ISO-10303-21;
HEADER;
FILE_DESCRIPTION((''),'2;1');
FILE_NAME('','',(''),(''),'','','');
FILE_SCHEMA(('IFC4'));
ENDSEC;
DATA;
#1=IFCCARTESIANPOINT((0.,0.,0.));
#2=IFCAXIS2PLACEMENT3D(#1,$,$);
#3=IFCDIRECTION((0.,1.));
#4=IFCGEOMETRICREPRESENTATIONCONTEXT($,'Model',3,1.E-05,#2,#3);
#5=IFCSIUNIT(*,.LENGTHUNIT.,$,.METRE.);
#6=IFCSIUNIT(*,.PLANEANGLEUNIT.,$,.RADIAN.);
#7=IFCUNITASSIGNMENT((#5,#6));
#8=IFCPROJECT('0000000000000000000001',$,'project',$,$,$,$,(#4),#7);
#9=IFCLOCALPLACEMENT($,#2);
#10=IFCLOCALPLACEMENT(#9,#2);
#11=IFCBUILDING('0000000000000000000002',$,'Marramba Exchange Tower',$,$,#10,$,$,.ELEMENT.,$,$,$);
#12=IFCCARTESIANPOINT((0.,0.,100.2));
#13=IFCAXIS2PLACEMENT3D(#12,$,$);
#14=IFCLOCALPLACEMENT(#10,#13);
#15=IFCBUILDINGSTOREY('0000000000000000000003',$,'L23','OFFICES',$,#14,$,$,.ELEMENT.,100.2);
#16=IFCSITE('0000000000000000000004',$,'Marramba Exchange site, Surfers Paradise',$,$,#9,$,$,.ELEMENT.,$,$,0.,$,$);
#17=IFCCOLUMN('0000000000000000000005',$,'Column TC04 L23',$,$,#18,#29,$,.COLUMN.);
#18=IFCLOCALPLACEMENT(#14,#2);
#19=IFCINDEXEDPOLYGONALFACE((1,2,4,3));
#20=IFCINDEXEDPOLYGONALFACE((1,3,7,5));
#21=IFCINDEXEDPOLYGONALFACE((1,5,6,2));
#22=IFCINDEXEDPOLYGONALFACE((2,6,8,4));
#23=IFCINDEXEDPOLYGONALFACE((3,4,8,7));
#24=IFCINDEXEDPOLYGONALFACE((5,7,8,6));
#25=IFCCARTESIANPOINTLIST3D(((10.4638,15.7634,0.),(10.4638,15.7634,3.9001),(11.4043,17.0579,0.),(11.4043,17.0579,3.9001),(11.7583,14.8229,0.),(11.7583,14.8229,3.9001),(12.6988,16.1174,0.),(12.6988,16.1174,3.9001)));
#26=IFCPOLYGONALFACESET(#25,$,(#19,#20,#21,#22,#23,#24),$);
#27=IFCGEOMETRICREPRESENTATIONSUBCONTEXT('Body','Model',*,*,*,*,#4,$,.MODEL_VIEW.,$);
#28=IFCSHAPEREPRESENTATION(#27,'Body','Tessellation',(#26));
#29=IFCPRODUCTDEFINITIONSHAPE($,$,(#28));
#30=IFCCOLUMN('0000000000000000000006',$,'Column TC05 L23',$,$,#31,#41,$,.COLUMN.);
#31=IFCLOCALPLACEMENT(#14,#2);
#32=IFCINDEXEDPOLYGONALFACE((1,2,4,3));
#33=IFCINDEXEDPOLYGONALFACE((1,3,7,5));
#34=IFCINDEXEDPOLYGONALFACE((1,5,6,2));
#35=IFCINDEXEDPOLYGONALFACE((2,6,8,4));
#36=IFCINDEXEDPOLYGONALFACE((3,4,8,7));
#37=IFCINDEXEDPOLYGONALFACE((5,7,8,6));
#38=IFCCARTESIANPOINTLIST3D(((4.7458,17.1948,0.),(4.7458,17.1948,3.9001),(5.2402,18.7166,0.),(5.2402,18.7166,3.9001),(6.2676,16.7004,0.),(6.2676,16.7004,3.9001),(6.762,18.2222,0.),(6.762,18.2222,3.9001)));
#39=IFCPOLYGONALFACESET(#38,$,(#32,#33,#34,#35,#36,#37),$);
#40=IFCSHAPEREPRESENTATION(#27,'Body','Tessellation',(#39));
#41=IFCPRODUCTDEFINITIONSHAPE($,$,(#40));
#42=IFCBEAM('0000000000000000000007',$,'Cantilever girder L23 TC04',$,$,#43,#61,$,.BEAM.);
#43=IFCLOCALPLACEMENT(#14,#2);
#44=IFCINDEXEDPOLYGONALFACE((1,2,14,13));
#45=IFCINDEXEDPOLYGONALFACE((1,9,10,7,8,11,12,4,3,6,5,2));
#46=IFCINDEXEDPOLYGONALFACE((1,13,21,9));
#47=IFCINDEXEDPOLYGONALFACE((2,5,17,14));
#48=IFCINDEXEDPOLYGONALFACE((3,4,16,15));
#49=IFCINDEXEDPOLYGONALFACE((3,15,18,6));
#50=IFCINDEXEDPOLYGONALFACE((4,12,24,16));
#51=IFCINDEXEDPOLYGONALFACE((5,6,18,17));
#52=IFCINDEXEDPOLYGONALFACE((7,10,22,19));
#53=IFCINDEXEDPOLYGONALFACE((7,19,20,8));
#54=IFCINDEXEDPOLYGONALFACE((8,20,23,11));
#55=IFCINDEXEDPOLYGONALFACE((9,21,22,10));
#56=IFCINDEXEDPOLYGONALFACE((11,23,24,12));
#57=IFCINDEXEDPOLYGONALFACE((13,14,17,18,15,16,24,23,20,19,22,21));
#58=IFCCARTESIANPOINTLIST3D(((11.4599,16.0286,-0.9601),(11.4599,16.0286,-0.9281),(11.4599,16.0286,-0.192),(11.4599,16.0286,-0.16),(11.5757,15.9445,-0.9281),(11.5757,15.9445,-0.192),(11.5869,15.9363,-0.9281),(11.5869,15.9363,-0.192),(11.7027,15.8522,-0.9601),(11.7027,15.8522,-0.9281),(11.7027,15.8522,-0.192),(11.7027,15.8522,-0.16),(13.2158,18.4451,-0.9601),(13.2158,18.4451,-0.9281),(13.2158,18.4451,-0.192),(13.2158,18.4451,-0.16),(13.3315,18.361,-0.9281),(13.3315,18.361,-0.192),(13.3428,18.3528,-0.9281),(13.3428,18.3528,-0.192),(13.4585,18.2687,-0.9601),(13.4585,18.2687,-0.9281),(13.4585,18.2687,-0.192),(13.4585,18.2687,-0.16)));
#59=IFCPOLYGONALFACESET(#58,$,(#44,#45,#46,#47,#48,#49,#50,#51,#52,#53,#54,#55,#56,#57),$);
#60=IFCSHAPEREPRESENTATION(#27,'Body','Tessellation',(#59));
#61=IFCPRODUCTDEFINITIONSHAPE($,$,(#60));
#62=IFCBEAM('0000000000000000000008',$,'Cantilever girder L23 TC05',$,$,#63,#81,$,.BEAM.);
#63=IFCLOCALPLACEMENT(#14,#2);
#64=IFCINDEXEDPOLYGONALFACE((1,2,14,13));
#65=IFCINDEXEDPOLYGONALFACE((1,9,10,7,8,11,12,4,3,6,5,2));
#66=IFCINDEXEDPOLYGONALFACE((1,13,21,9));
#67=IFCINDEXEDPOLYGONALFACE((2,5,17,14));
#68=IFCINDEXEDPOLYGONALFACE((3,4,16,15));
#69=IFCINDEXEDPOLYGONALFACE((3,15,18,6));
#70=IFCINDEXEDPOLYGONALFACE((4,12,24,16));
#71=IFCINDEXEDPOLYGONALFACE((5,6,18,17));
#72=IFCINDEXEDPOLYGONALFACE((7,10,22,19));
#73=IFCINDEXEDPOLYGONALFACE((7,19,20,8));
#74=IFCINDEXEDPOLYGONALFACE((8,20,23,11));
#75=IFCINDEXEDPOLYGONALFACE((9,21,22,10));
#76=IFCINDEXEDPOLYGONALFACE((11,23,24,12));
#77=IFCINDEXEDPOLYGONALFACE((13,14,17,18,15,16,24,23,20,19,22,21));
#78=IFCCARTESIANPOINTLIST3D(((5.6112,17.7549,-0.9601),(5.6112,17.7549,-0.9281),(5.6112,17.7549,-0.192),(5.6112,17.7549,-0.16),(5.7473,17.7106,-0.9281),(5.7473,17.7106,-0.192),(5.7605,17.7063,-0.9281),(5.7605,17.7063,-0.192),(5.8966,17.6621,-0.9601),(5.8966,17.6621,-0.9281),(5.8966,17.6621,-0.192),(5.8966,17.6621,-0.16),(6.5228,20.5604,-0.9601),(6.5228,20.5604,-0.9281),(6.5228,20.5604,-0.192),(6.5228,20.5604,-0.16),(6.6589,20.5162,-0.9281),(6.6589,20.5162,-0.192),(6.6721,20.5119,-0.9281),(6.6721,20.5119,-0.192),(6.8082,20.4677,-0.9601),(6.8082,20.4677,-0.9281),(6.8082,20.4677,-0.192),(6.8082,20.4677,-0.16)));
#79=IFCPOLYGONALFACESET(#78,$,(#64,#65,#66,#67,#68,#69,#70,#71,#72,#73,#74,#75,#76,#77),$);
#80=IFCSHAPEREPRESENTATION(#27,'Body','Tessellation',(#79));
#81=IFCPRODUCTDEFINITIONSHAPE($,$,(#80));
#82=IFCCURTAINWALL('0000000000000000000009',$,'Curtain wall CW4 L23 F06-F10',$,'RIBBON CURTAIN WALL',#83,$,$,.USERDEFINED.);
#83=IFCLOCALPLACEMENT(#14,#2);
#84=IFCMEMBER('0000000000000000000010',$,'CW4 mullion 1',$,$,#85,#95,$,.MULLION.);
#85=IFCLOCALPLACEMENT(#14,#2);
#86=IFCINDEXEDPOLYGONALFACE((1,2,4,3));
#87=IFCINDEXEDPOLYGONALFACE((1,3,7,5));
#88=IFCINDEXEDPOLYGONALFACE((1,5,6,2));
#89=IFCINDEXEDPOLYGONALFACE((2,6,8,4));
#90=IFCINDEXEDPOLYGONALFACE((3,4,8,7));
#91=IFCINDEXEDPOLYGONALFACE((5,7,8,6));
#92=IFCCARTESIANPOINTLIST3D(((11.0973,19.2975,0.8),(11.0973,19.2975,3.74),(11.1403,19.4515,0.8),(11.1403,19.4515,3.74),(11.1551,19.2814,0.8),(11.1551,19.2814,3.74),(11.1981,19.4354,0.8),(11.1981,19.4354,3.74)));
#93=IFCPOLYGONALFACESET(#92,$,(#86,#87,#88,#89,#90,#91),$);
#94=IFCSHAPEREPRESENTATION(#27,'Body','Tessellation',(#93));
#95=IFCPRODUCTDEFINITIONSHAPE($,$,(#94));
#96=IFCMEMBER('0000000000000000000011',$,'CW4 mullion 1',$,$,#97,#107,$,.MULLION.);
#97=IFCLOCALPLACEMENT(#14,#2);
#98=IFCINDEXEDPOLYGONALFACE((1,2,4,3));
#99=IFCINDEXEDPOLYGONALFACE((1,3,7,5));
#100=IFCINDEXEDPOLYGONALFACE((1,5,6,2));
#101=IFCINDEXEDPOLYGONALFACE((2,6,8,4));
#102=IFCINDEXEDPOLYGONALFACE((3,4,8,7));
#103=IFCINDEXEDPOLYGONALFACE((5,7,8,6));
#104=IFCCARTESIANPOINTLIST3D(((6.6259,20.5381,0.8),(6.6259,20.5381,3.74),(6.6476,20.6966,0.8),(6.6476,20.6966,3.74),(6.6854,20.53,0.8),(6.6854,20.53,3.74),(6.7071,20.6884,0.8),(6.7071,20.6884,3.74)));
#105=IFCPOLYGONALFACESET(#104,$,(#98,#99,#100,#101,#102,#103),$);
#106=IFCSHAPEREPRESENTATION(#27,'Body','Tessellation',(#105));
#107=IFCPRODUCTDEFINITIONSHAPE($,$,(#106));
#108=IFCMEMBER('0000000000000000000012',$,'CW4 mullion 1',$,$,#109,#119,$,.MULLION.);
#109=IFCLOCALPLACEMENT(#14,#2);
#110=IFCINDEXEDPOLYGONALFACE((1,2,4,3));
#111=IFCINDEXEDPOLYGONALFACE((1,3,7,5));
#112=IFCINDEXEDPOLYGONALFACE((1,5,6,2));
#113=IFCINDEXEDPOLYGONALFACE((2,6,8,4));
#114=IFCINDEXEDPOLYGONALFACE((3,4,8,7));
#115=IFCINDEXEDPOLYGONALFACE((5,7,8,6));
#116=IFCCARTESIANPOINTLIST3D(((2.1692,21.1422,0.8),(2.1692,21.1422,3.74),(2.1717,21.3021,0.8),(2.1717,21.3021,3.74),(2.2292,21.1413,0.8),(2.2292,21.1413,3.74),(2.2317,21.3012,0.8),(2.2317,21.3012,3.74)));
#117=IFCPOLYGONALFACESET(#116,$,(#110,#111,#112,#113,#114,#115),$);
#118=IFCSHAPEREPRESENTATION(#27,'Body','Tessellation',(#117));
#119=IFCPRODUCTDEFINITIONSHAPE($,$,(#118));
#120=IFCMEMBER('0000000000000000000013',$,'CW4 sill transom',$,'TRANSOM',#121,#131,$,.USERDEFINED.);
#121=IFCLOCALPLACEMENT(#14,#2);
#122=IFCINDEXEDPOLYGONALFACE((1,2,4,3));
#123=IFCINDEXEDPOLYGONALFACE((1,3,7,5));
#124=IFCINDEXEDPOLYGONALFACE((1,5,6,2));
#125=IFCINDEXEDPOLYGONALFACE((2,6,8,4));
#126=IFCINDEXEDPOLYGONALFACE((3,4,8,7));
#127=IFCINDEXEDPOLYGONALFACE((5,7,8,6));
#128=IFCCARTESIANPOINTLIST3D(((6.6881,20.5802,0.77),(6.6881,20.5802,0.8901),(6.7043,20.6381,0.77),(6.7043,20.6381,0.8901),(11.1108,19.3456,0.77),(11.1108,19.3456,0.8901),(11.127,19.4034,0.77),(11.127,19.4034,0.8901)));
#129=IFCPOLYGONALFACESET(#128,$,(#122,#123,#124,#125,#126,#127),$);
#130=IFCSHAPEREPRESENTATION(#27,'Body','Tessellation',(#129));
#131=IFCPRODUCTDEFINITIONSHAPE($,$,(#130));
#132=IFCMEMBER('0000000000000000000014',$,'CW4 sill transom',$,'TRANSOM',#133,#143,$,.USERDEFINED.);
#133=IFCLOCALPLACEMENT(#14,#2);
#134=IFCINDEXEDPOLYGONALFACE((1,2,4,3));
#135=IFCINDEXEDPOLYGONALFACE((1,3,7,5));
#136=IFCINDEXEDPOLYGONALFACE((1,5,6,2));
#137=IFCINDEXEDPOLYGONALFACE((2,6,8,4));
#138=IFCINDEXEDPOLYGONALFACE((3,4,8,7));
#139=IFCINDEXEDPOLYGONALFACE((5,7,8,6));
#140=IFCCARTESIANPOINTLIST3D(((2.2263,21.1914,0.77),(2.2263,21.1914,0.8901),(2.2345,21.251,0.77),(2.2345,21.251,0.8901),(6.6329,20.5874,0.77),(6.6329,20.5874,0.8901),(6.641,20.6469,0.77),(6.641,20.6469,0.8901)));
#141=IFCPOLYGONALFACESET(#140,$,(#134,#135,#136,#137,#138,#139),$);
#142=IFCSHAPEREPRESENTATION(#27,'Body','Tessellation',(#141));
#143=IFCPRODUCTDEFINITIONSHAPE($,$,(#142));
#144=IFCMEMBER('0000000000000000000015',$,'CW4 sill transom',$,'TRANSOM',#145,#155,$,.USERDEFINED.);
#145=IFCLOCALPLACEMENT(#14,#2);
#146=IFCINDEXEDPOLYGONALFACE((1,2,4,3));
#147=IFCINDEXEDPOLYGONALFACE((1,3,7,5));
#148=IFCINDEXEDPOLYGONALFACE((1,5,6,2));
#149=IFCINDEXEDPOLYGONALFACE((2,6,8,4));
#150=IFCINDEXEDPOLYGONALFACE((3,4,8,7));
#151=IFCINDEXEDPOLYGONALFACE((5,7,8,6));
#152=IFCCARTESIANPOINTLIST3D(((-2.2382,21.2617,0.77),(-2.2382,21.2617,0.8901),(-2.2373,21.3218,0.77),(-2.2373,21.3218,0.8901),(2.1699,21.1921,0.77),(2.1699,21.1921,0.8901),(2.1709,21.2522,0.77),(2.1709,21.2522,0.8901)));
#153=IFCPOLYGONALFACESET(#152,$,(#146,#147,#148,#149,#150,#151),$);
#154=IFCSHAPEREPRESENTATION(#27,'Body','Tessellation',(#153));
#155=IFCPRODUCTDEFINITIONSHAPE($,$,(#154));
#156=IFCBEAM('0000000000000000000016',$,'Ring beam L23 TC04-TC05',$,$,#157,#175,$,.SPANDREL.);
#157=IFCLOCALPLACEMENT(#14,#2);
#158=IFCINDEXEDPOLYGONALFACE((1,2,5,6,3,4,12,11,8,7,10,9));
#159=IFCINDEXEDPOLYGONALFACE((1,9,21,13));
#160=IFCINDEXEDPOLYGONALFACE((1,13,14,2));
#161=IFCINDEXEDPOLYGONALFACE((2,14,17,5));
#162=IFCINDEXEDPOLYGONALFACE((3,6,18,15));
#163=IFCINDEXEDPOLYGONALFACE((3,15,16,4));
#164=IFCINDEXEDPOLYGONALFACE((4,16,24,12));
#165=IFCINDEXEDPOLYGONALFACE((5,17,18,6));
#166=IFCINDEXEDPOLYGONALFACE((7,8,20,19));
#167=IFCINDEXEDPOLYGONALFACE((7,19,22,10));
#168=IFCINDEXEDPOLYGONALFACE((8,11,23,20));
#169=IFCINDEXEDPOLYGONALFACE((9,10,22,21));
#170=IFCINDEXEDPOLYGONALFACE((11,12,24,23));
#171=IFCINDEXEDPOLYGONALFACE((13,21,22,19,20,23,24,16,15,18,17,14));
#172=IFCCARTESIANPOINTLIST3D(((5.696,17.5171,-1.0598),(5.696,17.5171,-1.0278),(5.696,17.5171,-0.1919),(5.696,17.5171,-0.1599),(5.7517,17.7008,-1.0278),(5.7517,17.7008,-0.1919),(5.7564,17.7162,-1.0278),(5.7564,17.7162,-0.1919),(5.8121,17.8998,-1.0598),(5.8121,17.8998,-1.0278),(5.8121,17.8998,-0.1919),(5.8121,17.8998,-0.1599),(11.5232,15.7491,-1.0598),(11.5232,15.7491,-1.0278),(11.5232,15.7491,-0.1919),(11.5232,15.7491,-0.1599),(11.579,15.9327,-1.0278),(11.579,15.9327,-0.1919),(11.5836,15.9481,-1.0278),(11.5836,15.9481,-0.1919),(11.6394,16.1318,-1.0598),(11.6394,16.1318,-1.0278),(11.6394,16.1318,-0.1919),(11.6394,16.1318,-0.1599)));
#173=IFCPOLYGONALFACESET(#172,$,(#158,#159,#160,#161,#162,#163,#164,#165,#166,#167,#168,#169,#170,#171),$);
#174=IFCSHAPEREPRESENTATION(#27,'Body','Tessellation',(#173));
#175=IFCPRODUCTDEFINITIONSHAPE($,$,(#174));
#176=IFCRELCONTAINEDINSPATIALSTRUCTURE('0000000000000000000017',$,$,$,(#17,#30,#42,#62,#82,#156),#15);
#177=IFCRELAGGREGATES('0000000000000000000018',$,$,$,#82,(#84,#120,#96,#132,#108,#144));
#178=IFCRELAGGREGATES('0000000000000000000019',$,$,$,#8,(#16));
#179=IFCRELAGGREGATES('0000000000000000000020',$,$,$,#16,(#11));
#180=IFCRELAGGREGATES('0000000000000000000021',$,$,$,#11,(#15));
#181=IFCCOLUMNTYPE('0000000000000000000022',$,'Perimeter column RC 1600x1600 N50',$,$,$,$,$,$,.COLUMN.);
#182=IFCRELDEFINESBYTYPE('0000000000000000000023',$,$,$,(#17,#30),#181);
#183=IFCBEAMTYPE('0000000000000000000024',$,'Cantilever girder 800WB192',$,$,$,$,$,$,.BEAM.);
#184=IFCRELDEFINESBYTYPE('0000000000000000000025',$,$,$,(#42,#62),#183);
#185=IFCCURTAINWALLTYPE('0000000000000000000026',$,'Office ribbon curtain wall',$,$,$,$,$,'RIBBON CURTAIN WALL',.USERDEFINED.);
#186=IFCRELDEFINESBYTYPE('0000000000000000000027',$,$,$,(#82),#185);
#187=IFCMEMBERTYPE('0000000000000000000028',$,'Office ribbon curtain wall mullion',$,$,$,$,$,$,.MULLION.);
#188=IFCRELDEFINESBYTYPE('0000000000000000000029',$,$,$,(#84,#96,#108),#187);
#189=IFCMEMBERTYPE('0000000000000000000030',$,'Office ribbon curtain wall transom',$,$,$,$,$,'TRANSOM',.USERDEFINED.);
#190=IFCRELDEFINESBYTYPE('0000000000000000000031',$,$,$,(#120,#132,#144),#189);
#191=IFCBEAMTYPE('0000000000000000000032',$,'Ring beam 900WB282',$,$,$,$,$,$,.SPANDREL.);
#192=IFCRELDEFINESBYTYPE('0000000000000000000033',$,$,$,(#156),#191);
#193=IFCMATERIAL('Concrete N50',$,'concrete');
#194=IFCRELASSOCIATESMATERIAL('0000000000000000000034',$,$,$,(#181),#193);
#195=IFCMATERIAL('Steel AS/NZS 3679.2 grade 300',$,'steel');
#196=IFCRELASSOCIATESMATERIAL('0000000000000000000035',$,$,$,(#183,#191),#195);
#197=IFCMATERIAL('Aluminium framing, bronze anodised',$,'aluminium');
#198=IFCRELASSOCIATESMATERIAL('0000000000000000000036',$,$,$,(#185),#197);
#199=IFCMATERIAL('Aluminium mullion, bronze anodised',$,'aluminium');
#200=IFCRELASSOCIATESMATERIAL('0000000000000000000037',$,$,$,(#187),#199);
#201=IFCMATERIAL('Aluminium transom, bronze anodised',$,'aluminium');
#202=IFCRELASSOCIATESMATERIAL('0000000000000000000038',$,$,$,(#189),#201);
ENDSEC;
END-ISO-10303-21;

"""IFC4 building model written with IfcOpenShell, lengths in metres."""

from ifc_helpers import new_model, si_unit, direction, frame, origin, origin_2d, place, context, subcontext, project, spatial, rectangle, i_section, extrude, material, material_profile, profile_set, type_object, element, aggregate, save


model = new_model("IFC4")

# Units and contexts
model_context = context("Model", 3, precision=1e-05, world=origin(), true_north=direction((0.0, 1.0)))
body_context = subcontext(model_context, "Body", "Model", "MODEL_VIEW")
ifc_project = project(units=[si_unit("LENGTHUNIT", "METRE"), si_unit("PLANEANGLEUNIT", "RADIAN")], contexts=[model_context])

# Site, building, storey
site_placement = place(None, origin())
site = spatial("IfcSite", under=ifc_project, at=site_placement, Name="Marramba Exchange site, Surfers Paradise", CompositionType="ELEMENT", RefElevation=0.0)
building_placement = place(site_placement, origin())
building = spatial("IfcBuilding", under=site, at=building_placement, Name="Marramba Exchange Tower", CompositionType="ELEMENT")
storey_placement = place(building_placement, frame((0.0, 0.0, 100.2)))
storey = spatial("IfcBuildingStorey", under=building, at=storey_placement, Name="L23", Description="OFFICES", CompositionType="ELEMENT", Elevation=100.2)

# Columns
ifc_material_1 = material(Name="Concrete N50", Category="concrete")
ifc_material_profile_1 = material_profile(ifc_material_1, rectangle(XDim=1.6001, YDim=1.6001, at=origin_2d()), Name="RC 1600x1600")
ifc_profile_set_1 = profile_set([ifc_material_profile_1], Name="Concrete N50")
column_type = type_object("IfcColumnType", Name="Perimeter column RC 1600x1600 N50", PredefinedType="COLUMN", material=ifc_profile_set_1)
for number, where, z_axis, x_axis, name in (
    (1, (11.5813, 15.9404, 0.0), (0.0, 0.0, 1.0), (0.587785, 0.809017, 0.0), "Column TC04 L23"),
    (2, (5.7539, 17.7085, 0.0), (0.0, 0.0, 1.0), (0.309017, 0.951057, 0.0), "Column TC05 L23"),
):
    element("IfcColumn", number, at=place(storey_placement, frame(where, z_axis=z_axis, x_axis=x_axis)), inside=storey, type_object=column_type, Name=name, PredefinedType="COLUMN", context=body_context, shape_type="SweptSolid", body=[
        extrude(rectangle(XDim=1.6001, YDim=1.6001, at=origin_2d()), origin(), (0.0, 0.0, 1.0), 3.9001),
    ])

# Beams
ifc_material_2 = material(Name="Steel AS/NZS 3679.2 grade 300", Category="steel")
ifc_material_profile_2 = material_profile(ifc_material_2, i_section(OverallWidth=0.3, OverallDepth=0.8, WebThickness=0.0139, FlangeThickness=0.032, at=origin_2d()), Name="800WB192")
ifc_profile_set_2 = profile_set([ifc_material_profile_2], Name="Steel AS/NZS 3679.2 grade 300")
beam_type_1 = type_object("IfcBeamType", Name="Cantilever girder 800WB192", PredefinedType="BEAM", material=ifc_profile_set_2)
beam_1_placement = place(storey_placement, frame((11.5813, 15.9404, -0.5601), z_axis=(0.587822, 0.80899, 0.0), x_axis=(-0.80899, 0.587822, 0.0)))
element("IfcBeam", 3, at=beam_1_placement, inside=storey, type_object=beam_type_1, Name="Cantilever girder L23 TC04", PredefinedType="BEAM", context=body_context, shape_type="SweptSolid", body=[
    extrude(i_section(OverallWidth=0.3, OverallDepth=0.8, WebThickness=0.0139, FlangeThickness=0.032, at=origin_2d()), origin(), (0.0, 0.0, 1.0), 2.9871),
])
beam_2_placement = place(storey_placement, frame((5.7539, 17.7085, -0.5601), z_axis=(0.309019, 0.951056, 0.0), x_axis=(-0.951056, 0.309019, 0.0)))
element("IfcBeam", 4, at=beam_2_placement, inside=storey, type_object=beam_type_1, Name="Cantilever girder L23 TC05", PredefinedType="BEAM", context=body_context, shape_type="SweptSolid", body=[
    extrude(i_section(OverallWidth=0.3, OverallDepth=0.8, WebThickness=0.0139, FlangeThickness=0.032, at=origin_2d()), origin(), (0.0, 0.0, 1.0), 2.95),
])

# Curtain wall, members
ifc_material_3 = material(Name="Aluminium framing, bronze anodised", Category="aluminium")
curtain_wall_type = type_object("IfcCurtainWallType", Name="Office ribbon curtain wall", ElementType="RIBBON CURTAIN WALL", PredefinedType="USERDEFINED", material=ifc_material_3)
curtain_wall_1_placement = place(storey_placement, origin())
curtain_wall_1 = element("IfcCurtainWall", 5, at=curtain_wall_1_placement, inside=storey, type_object=curtain_wall_type, Name="Curtain wall CW4 L23 F06-F10", ObjectType="RIBBON CURTAIN WALL", PredefinedType="USERDEFINED")
ifc_material_4 = material(Name="Aluminium mullion, bronze anodised", Category="aluminium")
ifc_material_profile_3 = material_profile(ifc_material_4, rectangle(XDim=0.1599, YDim=0.0601, at=origin_2d()), Name="CW4 mullion 60x160")
ifc_profile_set_3 = profile_set([ifc_material_profile_3], Name="Aluminium mullion, bronze anodised")
member_type_1 = type_object("IfcMemberType", Name="Office ribbon curtain wall mullion", PredefinedType="MULLION", material=ifc_profile_set_3)
member_1_placement = place(storey_placement, frame((11.1477, 19.3665, 0.8), z_axis=(0.0, 0.0, 1.0), x_axis=(-0.268865, -0.963178, 0.0)))
member_1 = element("IfcMember", 6, at=member_1_placement, type_object=member_type_1, Name="CW4 mullion 1", PredefinedType="MULLION", context=body_context, shape_type="SweptSolid", body=[
    extrude(rectangle(XDim=0.1599, YDim=0.0601, at=origin_2d()), origin(), (0.0, 0.0, 1.0), 2.9399),
])
member_2_placement = place(storey_placement, frame((6.6665, 20.6133, 0.8), z_axis=(0.0, 0.0, 1.0), x_axis=(-0.135786, -0.990738, 0.0)))
member_2 = element("IfcMember", 7, at=member_2_placement, type_object=member_type_1, Name="CW4 mullion 1", PredefinedType="MULLION", context=body_context, shape_type="SweptSolid", body=[
    extrude(rectangle(XDim=0.1599, YDim=0.0601, at=origin_2d()), origin(), (0.0, 0.0, 1.0), 2.9399),
])
member_3_placement = place(storey_placement, frame((2.2004, 21.2217, 0.8), z_axis=(0.0, 0.0, 1.0), x_axis=(-0.015756, -0.999876, 0.0)))
member_3 = element("IfcMember", 8, at=member_3_placement, type_object=member_type_1, Name="CW4 mullion 1", PredefinedType="MULLION", context=body_context, shape_type="SweptSolid", body=[
    extrude(rectangle(XDim=0.1599, YDim=0.0601, at=origin_2d()), origin(), (0.0, 0.0, 1.0), 2.9399),
])
ifc_material_5 = material(Name="Aluminium transom, bronze anodised", Category="aluminium")
ifc_material_profile_4 = material_profile(ifc_material_5, rectangle(XDim=0.0601, YDim=0.1201, at=origin_2d()), Name="CW4 transom 60x120")
ifc_profile_set_4 = profile_set([ifc_material_profile_4], Name="Aluminium transom, bronze anodised")
member_type_2 = type_object("IfcMemberType", Name="Office ribbon curtain wall transom", ElementType="TRANSOM", PredefinedType="USERDEFINED", material=ifc_profile_set_4)
member_4_placement = place(storey_placement, frame((11.1189, 19.3745, 0.8301), z_axis=(-0.963174, 0.26888, 0.0), x_axis=(-0.26888, -0.963174, 0.0)))
member_4 = element("IfcMember", 9, at=member_4_placement, type_object=member_type_2, Name="CW4 sill transom", ObjectType="TRANSOM", PredefinedType="USERDEFINED", context=body_context, shape_type="SweptSolid", body=[
    extrude(rectangle(XDim=0.0601, YDim=0.1201, at=origin_2d()), origin(), (0.0, 0.0, 1.0), 4.5918),
])
member_5_placement = place(storey_placement, frame((6.637, 20.6172, 0.8301), z_axis=(-0.990736, 0.135801, 0.0), x_axis=(-0.135801, -0.990736, 0.0)))
member_5 = element("IfcMember", 10, at=member_5_placement, type_object=member_type_2, Name="CW4 sill transom", ObjectType="TRANSOM", PredefinedType="USERDEFINED", context=body_context, shape_type="SweptSolid", body=[
    extrude(rectangle(XDim=0.0601, YDim=0.1201, at=origin_2d()), origin(), (0.0, 0.0, 1.0), 4.4478),
])
member_6_placement = place(storey_placement, frame((2.1704, 21.2222, 0.8301), z_axis=(-0.999875, 0.015782, 0.0), x_axis=(-0.015782, -0.999875, 0.0)))
member_6 = element("IfcMember", 11, at=member_6_placement, type_object=member_type_2, Name="CW4 sill transom", ObjectType="TRANSOM", PredefinedType="USERDEFINED", context=body_context, shape_type="SweptSolid", body=[
    extrude(rectangle(XDim=0.0601, YDim=0.1201, at=origin_2d()), origin(), (0.0, 0.0, 1.0), 4.4087),
])

# Beam
ifc_material_profile_5 = material_profile(ifc_material_2, i_section(OverallWidth=0.3999, OverallDepth=0.8999, WebThickness=0.0161, FlangeThickness=0.032, at=origin_2d()), Name="900WB282")
ifc_profile_set_5 = profile_set([ifc_material_profile_5], Name="Steel AS/NZS 3679.2 grade 300")
beam_type_2 = type_object("IfcBeamType", Name="Ring beam 900WB282", PredefinedType="SPANDREL", material=ifc_profile_set_5)
beam_3_placement = place(storey_placement, frame((11.5813, 15.9404, -0.6099), z_axis=(-0.956925, 0.290337, 0.0), x_axis=(-0.290337, -0.956925, 0.0)))
element("IfcBeam", 12, at=beam_3_placement, inside=storey, type_object=beam_type_2, Name="Ring beam L23 TC04-TC05", PredefinedType="SPANDREL", context=body_context, shape_type="SweptSolid", body=[
    extrude(i_section(OverallWidth=0.3999, OverallDepth=0.8999, WebThickness=0.0161, FlangeThickness=0.032, at=origin_2d()), origin(), (0.0, 0.0, 1.0), 6.0896),
])

aggregate(curtain_wall_1, [member_1, member_4, member_2, member_5, member_3, member_6])

save(model, "model.ifc")
